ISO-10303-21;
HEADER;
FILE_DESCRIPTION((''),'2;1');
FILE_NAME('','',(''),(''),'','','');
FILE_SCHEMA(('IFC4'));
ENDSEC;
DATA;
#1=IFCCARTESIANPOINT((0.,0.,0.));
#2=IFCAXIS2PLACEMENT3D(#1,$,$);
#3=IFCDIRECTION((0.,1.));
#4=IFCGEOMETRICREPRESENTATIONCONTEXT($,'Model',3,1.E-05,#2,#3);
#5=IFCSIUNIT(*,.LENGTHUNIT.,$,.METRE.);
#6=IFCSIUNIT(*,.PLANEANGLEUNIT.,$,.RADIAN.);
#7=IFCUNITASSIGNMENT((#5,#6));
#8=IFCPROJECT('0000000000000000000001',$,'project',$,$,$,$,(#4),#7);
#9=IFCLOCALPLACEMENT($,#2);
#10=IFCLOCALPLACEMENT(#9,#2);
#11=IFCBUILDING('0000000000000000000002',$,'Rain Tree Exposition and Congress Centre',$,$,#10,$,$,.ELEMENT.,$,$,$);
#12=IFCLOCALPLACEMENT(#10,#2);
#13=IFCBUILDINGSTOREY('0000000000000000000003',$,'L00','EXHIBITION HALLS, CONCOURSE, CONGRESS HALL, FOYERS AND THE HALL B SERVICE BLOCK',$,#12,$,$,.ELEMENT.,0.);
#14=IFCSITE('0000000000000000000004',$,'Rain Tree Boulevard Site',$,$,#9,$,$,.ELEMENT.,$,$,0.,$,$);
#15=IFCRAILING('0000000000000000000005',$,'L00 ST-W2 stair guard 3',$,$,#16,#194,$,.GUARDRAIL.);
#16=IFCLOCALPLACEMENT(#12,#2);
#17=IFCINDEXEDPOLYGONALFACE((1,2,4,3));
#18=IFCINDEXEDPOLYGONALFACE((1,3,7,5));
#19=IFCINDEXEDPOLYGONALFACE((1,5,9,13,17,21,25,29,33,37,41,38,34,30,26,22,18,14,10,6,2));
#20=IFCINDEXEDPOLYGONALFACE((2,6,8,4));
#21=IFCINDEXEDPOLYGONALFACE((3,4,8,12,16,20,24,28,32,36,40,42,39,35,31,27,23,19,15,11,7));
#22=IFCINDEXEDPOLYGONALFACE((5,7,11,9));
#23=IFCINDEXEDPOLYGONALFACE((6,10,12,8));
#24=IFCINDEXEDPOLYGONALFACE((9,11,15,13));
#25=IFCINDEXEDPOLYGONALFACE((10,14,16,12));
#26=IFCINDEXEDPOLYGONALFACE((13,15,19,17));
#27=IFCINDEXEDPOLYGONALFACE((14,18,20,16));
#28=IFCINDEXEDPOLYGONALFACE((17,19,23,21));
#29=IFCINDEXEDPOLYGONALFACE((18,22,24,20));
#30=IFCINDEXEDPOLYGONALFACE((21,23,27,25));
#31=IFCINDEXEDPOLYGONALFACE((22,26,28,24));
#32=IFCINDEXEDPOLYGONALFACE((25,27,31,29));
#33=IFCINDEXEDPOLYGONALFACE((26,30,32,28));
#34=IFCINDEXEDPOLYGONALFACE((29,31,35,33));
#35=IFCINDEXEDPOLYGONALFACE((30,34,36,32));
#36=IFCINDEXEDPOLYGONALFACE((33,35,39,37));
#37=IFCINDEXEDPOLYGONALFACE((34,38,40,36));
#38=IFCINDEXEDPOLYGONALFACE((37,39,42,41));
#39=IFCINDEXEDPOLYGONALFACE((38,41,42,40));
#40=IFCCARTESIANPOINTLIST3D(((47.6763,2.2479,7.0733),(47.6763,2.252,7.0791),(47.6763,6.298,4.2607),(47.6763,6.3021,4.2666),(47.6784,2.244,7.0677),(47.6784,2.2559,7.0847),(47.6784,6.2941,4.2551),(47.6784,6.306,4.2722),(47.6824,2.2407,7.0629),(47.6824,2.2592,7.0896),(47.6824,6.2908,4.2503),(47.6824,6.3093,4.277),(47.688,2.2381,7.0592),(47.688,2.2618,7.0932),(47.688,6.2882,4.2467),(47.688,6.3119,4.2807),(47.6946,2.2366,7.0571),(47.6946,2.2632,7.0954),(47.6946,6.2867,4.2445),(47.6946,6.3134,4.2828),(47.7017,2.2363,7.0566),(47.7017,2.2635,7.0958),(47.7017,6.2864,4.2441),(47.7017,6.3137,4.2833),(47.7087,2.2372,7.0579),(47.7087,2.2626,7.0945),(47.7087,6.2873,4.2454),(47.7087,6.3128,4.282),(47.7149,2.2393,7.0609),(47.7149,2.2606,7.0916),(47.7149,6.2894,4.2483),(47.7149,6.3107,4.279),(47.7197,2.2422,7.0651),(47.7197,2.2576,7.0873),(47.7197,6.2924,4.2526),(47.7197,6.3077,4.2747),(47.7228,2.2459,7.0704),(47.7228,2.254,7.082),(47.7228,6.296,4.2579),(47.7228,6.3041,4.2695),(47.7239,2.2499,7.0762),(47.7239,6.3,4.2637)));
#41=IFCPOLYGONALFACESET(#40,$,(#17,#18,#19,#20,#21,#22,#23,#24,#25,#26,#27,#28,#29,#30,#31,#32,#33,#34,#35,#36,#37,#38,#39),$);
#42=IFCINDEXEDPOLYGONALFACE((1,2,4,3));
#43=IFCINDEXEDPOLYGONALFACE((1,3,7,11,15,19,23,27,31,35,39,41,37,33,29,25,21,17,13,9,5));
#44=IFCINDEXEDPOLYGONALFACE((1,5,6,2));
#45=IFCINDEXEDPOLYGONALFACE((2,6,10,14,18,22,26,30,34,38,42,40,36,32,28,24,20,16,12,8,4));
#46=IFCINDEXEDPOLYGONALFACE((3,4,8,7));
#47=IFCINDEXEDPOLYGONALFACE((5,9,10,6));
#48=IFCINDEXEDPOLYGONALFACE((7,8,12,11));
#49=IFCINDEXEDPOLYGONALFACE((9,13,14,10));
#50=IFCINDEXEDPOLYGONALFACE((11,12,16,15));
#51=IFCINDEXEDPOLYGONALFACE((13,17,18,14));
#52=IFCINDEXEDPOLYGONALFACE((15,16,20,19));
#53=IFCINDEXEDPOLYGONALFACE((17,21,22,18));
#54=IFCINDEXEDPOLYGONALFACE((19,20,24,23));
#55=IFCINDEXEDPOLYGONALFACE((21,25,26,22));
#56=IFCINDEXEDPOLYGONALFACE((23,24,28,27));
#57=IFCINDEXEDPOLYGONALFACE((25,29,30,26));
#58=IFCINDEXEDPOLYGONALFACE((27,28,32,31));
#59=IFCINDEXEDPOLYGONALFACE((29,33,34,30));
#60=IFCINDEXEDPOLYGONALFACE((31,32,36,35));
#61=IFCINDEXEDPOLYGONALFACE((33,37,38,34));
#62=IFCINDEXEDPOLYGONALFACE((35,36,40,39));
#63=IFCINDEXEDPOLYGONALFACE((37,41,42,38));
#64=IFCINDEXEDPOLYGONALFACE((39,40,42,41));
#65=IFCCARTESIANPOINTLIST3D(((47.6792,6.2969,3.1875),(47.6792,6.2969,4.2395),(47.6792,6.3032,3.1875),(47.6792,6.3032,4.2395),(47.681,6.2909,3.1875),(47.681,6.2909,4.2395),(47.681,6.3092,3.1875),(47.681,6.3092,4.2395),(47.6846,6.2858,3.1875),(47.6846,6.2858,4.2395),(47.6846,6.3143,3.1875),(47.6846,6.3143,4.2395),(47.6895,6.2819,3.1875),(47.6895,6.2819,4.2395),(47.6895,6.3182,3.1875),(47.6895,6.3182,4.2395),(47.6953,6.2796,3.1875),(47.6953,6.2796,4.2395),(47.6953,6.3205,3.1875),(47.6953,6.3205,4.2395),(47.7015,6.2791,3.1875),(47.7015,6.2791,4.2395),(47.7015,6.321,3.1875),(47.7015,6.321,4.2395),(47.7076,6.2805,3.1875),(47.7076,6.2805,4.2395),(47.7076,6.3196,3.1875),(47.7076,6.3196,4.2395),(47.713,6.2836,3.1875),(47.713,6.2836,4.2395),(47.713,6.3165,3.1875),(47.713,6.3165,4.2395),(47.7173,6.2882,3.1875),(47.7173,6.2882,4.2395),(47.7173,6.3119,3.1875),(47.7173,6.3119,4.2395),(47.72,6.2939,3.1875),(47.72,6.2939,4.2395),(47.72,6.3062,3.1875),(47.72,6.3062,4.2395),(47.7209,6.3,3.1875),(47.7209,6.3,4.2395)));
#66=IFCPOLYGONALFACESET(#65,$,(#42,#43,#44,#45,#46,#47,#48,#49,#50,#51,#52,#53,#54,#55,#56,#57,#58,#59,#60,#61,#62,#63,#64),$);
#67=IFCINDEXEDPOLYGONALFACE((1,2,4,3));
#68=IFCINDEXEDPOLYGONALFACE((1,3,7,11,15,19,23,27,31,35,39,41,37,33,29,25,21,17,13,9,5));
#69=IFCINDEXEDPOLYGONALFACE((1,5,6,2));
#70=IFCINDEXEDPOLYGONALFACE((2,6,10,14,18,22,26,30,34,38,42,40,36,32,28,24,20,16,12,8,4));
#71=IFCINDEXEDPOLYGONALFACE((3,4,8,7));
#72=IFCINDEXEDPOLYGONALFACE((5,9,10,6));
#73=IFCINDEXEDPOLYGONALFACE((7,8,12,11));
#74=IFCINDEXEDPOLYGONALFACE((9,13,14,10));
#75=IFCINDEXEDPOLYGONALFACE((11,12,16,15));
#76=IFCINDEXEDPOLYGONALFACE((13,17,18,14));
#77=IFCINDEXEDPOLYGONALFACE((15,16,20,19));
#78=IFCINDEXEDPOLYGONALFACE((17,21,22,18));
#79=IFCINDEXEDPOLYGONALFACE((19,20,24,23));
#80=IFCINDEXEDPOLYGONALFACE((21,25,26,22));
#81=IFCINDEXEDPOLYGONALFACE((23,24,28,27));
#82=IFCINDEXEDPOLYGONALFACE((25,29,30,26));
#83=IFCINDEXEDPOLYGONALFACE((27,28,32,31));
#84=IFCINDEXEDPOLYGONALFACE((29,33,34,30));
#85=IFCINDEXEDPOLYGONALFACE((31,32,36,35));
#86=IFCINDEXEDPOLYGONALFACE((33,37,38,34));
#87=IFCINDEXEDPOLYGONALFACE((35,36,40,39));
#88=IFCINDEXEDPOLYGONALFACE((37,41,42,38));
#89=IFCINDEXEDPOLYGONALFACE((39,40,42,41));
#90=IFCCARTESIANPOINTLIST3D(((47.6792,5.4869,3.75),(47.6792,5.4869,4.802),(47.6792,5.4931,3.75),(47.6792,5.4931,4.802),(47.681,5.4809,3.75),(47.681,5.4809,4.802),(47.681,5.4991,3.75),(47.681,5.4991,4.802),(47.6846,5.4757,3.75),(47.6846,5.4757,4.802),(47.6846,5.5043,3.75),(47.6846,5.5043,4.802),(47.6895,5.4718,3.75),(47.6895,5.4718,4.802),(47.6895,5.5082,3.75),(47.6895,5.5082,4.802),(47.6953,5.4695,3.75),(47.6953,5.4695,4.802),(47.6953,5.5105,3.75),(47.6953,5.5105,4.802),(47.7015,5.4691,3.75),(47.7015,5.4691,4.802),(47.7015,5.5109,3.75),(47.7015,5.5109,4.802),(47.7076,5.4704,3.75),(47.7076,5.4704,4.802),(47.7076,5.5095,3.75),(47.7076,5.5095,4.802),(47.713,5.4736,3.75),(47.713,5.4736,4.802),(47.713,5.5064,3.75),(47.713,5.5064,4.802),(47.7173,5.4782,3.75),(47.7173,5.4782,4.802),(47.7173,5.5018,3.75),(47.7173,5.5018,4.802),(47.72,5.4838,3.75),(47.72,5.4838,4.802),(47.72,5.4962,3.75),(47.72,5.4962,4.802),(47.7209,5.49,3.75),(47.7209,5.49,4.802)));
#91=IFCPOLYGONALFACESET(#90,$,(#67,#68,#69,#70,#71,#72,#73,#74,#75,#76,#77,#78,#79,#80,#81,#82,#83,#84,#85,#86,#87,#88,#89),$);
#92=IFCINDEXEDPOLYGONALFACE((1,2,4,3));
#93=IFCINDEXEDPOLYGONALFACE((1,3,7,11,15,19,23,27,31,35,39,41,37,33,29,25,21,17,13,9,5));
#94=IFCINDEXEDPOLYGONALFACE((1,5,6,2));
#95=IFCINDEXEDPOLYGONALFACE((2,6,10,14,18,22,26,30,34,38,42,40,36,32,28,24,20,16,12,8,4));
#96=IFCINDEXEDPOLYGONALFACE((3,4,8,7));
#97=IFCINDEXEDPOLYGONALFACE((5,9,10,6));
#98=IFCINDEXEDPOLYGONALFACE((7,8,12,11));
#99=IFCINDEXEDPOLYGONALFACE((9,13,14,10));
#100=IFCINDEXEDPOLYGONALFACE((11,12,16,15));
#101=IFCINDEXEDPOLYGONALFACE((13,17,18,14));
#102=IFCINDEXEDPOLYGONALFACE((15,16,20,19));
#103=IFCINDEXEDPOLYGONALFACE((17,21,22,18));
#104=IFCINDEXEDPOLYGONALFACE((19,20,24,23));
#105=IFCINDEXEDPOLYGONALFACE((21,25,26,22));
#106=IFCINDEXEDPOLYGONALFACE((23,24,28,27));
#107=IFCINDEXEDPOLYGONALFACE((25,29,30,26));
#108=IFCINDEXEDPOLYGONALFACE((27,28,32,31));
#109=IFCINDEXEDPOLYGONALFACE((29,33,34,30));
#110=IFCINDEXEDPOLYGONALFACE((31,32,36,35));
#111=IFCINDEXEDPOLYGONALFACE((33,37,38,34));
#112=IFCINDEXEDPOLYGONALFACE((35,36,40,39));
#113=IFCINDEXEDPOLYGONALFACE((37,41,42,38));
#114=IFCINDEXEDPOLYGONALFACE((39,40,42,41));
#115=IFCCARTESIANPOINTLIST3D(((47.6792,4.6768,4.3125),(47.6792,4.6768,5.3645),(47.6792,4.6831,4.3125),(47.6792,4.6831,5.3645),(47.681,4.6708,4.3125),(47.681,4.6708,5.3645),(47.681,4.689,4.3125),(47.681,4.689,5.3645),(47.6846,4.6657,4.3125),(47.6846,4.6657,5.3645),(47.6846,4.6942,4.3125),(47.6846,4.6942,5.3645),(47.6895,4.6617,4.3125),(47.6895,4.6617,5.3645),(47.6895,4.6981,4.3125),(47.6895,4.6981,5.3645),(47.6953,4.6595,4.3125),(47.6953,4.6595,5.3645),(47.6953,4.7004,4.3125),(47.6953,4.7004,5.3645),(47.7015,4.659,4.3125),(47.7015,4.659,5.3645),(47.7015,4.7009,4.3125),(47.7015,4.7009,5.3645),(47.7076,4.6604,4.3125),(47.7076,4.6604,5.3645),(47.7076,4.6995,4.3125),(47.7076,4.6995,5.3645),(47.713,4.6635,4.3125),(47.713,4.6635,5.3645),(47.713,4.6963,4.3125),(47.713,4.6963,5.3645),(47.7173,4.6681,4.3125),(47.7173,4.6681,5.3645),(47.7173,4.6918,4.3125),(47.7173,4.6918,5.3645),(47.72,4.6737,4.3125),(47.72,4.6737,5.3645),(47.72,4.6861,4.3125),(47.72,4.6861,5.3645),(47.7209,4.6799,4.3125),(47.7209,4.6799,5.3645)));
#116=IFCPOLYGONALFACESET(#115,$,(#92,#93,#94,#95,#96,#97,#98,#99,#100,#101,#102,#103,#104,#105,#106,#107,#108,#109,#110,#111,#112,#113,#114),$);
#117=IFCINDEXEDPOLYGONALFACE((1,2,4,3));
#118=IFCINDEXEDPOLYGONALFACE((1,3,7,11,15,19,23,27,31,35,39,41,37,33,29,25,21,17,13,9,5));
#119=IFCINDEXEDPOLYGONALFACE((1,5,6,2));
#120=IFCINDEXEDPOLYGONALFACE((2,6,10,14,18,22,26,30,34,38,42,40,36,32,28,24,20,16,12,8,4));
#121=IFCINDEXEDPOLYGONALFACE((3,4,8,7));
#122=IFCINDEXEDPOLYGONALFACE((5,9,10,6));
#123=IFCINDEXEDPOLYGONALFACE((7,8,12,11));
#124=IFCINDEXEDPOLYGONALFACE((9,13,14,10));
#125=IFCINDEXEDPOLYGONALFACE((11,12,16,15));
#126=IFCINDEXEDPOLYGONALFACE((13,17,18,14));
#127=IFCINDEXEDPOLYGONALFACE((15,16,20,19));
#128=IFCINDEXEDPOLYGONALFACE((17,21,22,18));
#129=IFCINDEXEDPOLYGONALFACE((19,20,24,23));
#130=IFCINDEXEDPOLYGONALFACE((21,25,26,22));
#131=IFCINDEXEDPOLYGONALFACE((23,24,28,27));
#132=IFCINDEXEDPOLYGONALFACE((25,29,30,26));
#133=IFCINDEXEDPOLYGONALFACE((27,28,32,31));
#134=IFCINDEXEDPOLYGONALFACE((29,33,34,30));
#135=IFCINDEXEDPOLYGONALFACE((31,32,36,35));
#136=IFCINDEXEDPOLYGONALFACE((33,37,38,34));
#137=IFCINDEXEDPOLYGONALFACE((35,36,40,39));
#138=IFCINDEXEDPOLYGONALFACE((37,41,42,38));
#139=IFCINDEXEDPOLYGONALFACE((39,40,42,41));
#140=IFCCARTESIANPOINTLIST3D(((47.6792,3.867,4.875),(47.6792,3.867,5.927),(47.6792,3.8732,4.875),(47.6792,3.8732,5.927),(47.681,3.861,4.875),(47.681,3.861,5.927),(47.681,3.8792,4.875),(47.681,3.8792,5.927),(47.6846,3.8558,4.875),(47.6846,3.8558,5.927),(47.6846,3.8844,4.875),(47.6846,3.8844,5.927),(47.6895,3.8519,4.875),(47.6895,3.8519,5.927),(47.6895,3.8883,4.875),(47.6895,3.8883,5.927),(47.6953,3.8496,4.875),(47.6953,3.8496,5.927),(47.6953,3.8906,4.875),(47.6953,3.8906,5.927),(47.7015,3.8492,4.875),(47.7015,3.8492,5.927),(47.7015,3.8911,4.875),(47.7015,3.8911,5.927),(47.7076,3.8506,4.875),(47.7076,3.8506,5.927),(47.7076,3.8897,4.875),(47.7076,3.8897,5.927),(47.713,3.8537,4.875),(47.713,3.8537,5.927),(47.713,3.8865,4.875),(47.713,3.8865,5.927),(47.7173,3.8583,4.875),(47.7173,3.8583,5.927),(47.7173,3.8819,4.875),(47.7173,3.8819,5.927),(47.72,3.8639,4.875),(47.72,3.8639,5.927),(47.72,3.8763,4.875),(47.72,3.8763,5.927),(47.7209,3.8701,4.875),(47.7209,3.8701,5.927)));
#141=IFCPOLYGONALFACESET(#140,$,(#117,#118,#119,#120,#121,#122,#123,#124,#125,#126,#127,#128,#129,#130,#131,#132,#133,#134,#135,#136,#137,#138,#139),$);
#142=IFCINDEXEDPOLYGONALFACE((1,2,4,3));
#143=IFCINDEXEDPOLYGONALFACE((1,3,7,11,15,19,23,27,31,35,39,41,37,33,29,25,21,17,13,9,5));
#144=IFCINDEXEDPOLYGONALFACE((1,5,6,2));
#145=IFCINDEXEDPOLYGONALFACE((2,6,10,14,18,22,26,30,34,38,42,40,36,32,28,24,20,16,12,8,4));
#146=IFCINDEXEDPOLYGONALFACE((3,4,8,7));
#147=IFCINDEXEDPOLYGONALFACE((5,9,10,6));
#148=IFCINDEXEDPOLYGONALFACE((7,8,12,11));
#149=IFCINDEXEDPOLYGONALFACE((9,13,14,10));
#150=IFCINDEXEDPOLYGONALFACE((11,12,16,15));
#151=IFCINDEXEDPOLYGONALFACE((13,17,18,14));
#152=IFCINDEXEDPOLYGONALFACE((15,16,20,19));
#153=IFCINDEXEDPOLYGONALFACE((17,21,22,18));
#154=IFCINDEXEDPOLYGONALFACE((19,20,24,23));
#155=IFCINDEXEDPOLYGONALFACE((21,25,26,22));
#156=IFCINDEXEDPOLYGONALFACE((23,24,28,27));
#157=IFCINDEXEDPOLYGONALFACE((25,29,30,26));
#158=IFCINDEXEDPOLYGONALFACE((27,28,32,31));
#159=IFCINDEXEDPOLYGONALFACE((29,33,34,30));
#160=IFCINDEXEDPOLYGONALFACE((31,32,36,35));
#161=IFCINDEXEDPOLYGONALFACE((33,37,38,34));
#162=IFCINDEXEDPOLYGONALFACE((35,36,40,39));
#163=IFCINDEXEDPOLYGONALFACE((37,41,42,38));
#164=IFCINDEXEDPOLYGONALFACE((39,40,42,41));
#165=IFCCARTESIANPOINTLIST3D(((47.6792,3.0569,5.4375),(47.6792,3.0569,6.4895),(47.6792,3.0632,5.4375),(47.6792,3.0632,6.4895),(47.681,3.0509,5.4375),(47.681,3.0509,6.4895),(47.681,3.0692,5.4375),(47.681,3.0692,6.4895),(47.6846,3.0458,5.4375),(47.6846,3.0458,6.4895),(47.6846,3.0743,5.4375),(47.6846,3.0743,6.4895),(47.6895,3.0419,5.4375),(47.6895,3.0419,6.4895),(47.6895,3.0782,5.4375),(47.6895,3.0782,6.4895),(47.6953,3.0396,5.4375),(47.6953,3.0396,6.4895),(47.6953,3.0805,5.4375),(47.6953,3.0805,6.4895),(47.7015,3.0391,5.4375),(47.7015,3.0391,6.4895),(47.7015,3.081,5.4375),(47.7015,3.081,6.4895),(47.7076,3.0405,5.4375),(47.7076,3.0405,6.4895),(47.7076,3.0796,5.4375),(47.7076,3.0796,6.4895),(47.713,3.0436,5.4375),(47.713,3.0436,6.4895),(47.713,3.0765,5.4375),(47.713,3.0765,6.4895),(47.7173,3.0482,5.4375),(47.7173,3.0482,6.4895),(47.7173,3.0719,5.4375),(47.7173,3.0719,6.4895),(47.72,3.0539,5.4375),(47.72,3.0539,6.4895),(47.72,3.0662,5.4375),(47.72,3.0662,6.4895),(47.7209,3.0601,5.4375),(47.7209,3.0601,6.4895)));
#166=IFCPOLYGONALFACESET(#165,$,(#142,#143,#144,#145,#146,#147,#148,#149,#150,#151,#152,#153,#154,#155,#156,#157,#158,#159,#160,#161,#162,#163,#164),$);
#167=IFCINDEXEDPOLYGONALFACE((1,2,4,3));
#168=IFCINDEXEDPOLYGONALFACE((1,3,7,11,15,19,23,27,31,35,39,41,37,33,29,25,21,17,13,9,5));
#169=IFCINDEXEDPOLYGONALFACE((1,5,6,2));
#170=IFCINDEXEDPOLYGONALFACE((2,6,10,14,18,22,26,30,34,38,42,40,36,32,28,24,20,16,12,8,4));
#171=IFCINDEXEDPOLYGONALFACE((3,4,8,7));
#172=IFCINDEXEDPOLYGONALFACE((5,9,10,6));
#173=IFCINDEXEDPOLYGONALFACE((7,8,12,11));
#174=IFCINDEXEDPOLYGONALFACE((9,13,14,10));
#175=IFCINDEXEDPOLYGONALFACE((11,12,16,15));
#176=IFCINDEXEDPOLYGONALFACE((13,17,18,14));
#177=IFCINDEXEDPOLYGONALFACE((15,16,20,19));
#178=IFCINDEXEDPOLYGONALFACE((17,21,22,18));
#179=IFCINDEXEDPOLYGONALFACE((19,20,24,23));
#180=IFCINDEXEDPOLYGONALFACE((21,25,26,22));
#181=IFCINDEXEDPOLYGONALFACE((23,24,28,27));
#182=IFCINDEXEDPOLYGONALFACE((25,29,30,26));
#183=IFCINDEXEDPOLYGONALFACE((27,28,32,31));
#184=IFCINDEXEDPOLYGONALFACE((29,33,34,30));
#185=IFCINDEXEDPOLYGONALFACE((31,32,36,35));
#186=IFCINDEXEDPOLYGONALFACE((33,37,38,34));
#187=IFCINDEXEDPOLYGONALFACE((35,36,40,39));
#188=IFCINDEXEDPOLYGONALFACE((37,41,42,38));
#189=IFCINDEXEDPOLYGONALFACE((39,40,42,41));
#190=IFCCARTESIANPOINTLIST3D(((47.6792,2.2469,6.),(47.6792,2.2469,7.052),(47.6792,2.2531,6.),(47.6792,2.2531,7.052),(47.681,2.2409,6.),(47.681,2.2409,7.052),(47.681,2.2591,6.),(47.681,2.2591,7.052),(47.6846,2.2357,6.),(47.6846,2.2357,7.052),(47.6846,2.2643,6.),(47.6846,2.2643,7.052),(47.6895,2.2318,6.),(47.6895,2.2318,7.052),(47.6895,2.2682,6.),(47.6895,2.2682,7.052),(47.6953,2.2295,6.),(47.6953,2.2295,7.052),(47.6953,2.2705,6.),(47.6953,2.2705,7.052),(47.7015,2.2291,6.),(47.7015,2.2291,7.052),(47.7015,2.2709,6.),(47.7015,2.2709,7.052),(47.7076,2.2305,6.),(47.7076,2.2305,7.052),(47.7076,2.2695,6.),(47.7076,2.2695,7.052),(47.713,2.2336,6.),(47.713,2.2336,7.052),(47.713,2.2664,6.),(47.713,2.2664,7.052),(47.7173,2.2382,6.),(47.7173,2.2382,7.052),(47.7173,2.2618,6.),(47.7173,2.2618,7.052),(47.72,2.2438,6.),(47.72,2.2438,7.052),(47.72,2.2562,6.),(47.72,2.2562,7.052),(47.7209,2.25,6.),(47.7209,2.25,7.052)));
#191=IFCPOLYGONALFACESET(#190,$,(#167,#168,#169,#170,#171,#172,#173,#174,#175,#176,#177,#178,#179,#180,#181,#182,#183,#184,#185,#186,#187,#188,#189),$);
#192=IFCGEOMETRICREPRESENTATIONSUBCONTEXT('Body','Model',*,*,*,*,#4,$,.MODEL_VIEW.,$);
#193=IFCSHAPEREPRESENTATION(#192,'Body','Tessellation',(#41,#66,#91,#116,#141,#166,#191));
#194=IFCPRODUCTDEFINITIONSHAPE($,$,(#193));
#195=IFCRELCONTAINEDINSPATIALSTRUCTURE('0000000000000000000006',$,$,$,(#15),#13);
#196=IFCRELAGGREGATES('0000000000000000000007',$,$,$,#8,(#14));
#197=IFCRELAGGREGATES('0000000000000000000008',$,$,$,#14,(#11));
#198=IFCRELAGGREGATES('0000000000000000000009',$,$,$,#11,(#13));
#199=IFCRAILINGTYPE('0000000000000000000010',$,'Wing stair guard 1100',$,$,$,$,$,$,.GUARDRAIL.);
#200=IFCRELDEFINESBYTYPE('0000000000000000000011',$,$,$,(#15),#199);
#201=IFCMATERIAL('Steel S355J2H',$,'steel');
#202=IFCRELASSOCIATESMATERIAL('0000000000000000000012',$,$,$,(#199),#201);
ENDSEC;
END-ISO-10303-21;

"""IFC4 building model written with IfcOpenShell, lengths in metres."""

from ifc_helpers import new_model, si_unit, direction, frame, origin, origin_2d, place, context, subcontext, project, spatial, circle, extrude, material, type_object, element, save


model = new_model("IFC4")

# Units and contexts
model_context = context("Model", 3, precision=1e-05, world=origin(), true_north=direction((0.0, 1.0)))
body_context = subcontext(model_context, "Body", "Model", "MODEL_VIEW")
ifc_project = project(units=[si_unit("LENGTHUNIT", "METRE"), si_unit("PLANEANGLEUNIT", "RADIAN")], contexts=[model_context])

# Site, building, storey
site_placement = place(None, origin())
site = spatial("IfcSite", under=ifc_project, at=site_placement, Name="Rain Tree Boulevard Site", CompositionType="ELEMENT", RefElevation=0.0)
building_placement = place(site_placement, origin())
building = spatial("IfcBuilding", under=site, at=building_placement, Name="Rain Tree Exposition and Congress Centre", CompositionType="ELEMENT")
storey_placement = place(building_placement, origin())
storey = spatial("IfcBuildingStorey", under=building, at=storey_placement, Name="L00", Description="EXHIBITION HALLS, CONCOURSE, CONGRESS HALL, FOYERS AND THE HALL B SERVICE BLOCK", CompositionType="ELEMENT", Elevation=0.0)

# Railing
ifc_material_1 = material(Name="Steel S355J2H", Category="steel")
railing_type_1 = type_object("IfcRailingType", Name="Wing stair guard 1100", PredefinedType="GUARDRAIL", material=ifc_material_1)
railing_1_placement = place(storey_placement, frame((47.7, 6.3, 3.1875)))
element("IfcRailing", 1, at=railing_1_placement, inside=storey, type_object=railing_type_1, Name="L00 ST-W2 stair guard 3", PredefinedType="GUARDRAIL", context=body_context, shape_type="SweptSolid", body=[
    extrude(circle(Radius=0.0239, at=origin_2d()), frame((0.0, 0.0, 1.0762), z_axis=(0.0, -0.821373, 0.570391), x_axis=(1.0, 0.0, 0.0)), (0.0, 0.0, 1.0), 4.9309),
    extrude(circle(Radius=0.021, at=origin_2d()), origin(), (0.0, 0.0, 1.0), 1.052),
    extrude(circle(Radius=0.021, at=origin_2d()), frame((0.0, -0.8101, 0.5625)), (0.0, 0.0, 1.0), 1.052),
    extrude(circle(Radius=0.021, at=origin_2d()), frame((0.0, -1.6201, 1.125)), (0.0, 0.0, 1.0), 1.052),
    extrude(circle(Radius=0.021, at=origin_2d()), frame((0.0, -2.4299, 1.6875)), (0.0, 0.0, 1.0), 1.052),
    extrude(circle(Radius=0.021, at=origin_2d()), frame((0.0, -3.24, 2.25)), (0.0, 0.0, 1.0), 1.052),
    extrude(circle(Radius=0.021, at=origin_2d()), frame((0.0, -4.05, 2.8125)), (0.0, 0.0, 1.0), 1.052),
])

save(model, "model.ifc")
